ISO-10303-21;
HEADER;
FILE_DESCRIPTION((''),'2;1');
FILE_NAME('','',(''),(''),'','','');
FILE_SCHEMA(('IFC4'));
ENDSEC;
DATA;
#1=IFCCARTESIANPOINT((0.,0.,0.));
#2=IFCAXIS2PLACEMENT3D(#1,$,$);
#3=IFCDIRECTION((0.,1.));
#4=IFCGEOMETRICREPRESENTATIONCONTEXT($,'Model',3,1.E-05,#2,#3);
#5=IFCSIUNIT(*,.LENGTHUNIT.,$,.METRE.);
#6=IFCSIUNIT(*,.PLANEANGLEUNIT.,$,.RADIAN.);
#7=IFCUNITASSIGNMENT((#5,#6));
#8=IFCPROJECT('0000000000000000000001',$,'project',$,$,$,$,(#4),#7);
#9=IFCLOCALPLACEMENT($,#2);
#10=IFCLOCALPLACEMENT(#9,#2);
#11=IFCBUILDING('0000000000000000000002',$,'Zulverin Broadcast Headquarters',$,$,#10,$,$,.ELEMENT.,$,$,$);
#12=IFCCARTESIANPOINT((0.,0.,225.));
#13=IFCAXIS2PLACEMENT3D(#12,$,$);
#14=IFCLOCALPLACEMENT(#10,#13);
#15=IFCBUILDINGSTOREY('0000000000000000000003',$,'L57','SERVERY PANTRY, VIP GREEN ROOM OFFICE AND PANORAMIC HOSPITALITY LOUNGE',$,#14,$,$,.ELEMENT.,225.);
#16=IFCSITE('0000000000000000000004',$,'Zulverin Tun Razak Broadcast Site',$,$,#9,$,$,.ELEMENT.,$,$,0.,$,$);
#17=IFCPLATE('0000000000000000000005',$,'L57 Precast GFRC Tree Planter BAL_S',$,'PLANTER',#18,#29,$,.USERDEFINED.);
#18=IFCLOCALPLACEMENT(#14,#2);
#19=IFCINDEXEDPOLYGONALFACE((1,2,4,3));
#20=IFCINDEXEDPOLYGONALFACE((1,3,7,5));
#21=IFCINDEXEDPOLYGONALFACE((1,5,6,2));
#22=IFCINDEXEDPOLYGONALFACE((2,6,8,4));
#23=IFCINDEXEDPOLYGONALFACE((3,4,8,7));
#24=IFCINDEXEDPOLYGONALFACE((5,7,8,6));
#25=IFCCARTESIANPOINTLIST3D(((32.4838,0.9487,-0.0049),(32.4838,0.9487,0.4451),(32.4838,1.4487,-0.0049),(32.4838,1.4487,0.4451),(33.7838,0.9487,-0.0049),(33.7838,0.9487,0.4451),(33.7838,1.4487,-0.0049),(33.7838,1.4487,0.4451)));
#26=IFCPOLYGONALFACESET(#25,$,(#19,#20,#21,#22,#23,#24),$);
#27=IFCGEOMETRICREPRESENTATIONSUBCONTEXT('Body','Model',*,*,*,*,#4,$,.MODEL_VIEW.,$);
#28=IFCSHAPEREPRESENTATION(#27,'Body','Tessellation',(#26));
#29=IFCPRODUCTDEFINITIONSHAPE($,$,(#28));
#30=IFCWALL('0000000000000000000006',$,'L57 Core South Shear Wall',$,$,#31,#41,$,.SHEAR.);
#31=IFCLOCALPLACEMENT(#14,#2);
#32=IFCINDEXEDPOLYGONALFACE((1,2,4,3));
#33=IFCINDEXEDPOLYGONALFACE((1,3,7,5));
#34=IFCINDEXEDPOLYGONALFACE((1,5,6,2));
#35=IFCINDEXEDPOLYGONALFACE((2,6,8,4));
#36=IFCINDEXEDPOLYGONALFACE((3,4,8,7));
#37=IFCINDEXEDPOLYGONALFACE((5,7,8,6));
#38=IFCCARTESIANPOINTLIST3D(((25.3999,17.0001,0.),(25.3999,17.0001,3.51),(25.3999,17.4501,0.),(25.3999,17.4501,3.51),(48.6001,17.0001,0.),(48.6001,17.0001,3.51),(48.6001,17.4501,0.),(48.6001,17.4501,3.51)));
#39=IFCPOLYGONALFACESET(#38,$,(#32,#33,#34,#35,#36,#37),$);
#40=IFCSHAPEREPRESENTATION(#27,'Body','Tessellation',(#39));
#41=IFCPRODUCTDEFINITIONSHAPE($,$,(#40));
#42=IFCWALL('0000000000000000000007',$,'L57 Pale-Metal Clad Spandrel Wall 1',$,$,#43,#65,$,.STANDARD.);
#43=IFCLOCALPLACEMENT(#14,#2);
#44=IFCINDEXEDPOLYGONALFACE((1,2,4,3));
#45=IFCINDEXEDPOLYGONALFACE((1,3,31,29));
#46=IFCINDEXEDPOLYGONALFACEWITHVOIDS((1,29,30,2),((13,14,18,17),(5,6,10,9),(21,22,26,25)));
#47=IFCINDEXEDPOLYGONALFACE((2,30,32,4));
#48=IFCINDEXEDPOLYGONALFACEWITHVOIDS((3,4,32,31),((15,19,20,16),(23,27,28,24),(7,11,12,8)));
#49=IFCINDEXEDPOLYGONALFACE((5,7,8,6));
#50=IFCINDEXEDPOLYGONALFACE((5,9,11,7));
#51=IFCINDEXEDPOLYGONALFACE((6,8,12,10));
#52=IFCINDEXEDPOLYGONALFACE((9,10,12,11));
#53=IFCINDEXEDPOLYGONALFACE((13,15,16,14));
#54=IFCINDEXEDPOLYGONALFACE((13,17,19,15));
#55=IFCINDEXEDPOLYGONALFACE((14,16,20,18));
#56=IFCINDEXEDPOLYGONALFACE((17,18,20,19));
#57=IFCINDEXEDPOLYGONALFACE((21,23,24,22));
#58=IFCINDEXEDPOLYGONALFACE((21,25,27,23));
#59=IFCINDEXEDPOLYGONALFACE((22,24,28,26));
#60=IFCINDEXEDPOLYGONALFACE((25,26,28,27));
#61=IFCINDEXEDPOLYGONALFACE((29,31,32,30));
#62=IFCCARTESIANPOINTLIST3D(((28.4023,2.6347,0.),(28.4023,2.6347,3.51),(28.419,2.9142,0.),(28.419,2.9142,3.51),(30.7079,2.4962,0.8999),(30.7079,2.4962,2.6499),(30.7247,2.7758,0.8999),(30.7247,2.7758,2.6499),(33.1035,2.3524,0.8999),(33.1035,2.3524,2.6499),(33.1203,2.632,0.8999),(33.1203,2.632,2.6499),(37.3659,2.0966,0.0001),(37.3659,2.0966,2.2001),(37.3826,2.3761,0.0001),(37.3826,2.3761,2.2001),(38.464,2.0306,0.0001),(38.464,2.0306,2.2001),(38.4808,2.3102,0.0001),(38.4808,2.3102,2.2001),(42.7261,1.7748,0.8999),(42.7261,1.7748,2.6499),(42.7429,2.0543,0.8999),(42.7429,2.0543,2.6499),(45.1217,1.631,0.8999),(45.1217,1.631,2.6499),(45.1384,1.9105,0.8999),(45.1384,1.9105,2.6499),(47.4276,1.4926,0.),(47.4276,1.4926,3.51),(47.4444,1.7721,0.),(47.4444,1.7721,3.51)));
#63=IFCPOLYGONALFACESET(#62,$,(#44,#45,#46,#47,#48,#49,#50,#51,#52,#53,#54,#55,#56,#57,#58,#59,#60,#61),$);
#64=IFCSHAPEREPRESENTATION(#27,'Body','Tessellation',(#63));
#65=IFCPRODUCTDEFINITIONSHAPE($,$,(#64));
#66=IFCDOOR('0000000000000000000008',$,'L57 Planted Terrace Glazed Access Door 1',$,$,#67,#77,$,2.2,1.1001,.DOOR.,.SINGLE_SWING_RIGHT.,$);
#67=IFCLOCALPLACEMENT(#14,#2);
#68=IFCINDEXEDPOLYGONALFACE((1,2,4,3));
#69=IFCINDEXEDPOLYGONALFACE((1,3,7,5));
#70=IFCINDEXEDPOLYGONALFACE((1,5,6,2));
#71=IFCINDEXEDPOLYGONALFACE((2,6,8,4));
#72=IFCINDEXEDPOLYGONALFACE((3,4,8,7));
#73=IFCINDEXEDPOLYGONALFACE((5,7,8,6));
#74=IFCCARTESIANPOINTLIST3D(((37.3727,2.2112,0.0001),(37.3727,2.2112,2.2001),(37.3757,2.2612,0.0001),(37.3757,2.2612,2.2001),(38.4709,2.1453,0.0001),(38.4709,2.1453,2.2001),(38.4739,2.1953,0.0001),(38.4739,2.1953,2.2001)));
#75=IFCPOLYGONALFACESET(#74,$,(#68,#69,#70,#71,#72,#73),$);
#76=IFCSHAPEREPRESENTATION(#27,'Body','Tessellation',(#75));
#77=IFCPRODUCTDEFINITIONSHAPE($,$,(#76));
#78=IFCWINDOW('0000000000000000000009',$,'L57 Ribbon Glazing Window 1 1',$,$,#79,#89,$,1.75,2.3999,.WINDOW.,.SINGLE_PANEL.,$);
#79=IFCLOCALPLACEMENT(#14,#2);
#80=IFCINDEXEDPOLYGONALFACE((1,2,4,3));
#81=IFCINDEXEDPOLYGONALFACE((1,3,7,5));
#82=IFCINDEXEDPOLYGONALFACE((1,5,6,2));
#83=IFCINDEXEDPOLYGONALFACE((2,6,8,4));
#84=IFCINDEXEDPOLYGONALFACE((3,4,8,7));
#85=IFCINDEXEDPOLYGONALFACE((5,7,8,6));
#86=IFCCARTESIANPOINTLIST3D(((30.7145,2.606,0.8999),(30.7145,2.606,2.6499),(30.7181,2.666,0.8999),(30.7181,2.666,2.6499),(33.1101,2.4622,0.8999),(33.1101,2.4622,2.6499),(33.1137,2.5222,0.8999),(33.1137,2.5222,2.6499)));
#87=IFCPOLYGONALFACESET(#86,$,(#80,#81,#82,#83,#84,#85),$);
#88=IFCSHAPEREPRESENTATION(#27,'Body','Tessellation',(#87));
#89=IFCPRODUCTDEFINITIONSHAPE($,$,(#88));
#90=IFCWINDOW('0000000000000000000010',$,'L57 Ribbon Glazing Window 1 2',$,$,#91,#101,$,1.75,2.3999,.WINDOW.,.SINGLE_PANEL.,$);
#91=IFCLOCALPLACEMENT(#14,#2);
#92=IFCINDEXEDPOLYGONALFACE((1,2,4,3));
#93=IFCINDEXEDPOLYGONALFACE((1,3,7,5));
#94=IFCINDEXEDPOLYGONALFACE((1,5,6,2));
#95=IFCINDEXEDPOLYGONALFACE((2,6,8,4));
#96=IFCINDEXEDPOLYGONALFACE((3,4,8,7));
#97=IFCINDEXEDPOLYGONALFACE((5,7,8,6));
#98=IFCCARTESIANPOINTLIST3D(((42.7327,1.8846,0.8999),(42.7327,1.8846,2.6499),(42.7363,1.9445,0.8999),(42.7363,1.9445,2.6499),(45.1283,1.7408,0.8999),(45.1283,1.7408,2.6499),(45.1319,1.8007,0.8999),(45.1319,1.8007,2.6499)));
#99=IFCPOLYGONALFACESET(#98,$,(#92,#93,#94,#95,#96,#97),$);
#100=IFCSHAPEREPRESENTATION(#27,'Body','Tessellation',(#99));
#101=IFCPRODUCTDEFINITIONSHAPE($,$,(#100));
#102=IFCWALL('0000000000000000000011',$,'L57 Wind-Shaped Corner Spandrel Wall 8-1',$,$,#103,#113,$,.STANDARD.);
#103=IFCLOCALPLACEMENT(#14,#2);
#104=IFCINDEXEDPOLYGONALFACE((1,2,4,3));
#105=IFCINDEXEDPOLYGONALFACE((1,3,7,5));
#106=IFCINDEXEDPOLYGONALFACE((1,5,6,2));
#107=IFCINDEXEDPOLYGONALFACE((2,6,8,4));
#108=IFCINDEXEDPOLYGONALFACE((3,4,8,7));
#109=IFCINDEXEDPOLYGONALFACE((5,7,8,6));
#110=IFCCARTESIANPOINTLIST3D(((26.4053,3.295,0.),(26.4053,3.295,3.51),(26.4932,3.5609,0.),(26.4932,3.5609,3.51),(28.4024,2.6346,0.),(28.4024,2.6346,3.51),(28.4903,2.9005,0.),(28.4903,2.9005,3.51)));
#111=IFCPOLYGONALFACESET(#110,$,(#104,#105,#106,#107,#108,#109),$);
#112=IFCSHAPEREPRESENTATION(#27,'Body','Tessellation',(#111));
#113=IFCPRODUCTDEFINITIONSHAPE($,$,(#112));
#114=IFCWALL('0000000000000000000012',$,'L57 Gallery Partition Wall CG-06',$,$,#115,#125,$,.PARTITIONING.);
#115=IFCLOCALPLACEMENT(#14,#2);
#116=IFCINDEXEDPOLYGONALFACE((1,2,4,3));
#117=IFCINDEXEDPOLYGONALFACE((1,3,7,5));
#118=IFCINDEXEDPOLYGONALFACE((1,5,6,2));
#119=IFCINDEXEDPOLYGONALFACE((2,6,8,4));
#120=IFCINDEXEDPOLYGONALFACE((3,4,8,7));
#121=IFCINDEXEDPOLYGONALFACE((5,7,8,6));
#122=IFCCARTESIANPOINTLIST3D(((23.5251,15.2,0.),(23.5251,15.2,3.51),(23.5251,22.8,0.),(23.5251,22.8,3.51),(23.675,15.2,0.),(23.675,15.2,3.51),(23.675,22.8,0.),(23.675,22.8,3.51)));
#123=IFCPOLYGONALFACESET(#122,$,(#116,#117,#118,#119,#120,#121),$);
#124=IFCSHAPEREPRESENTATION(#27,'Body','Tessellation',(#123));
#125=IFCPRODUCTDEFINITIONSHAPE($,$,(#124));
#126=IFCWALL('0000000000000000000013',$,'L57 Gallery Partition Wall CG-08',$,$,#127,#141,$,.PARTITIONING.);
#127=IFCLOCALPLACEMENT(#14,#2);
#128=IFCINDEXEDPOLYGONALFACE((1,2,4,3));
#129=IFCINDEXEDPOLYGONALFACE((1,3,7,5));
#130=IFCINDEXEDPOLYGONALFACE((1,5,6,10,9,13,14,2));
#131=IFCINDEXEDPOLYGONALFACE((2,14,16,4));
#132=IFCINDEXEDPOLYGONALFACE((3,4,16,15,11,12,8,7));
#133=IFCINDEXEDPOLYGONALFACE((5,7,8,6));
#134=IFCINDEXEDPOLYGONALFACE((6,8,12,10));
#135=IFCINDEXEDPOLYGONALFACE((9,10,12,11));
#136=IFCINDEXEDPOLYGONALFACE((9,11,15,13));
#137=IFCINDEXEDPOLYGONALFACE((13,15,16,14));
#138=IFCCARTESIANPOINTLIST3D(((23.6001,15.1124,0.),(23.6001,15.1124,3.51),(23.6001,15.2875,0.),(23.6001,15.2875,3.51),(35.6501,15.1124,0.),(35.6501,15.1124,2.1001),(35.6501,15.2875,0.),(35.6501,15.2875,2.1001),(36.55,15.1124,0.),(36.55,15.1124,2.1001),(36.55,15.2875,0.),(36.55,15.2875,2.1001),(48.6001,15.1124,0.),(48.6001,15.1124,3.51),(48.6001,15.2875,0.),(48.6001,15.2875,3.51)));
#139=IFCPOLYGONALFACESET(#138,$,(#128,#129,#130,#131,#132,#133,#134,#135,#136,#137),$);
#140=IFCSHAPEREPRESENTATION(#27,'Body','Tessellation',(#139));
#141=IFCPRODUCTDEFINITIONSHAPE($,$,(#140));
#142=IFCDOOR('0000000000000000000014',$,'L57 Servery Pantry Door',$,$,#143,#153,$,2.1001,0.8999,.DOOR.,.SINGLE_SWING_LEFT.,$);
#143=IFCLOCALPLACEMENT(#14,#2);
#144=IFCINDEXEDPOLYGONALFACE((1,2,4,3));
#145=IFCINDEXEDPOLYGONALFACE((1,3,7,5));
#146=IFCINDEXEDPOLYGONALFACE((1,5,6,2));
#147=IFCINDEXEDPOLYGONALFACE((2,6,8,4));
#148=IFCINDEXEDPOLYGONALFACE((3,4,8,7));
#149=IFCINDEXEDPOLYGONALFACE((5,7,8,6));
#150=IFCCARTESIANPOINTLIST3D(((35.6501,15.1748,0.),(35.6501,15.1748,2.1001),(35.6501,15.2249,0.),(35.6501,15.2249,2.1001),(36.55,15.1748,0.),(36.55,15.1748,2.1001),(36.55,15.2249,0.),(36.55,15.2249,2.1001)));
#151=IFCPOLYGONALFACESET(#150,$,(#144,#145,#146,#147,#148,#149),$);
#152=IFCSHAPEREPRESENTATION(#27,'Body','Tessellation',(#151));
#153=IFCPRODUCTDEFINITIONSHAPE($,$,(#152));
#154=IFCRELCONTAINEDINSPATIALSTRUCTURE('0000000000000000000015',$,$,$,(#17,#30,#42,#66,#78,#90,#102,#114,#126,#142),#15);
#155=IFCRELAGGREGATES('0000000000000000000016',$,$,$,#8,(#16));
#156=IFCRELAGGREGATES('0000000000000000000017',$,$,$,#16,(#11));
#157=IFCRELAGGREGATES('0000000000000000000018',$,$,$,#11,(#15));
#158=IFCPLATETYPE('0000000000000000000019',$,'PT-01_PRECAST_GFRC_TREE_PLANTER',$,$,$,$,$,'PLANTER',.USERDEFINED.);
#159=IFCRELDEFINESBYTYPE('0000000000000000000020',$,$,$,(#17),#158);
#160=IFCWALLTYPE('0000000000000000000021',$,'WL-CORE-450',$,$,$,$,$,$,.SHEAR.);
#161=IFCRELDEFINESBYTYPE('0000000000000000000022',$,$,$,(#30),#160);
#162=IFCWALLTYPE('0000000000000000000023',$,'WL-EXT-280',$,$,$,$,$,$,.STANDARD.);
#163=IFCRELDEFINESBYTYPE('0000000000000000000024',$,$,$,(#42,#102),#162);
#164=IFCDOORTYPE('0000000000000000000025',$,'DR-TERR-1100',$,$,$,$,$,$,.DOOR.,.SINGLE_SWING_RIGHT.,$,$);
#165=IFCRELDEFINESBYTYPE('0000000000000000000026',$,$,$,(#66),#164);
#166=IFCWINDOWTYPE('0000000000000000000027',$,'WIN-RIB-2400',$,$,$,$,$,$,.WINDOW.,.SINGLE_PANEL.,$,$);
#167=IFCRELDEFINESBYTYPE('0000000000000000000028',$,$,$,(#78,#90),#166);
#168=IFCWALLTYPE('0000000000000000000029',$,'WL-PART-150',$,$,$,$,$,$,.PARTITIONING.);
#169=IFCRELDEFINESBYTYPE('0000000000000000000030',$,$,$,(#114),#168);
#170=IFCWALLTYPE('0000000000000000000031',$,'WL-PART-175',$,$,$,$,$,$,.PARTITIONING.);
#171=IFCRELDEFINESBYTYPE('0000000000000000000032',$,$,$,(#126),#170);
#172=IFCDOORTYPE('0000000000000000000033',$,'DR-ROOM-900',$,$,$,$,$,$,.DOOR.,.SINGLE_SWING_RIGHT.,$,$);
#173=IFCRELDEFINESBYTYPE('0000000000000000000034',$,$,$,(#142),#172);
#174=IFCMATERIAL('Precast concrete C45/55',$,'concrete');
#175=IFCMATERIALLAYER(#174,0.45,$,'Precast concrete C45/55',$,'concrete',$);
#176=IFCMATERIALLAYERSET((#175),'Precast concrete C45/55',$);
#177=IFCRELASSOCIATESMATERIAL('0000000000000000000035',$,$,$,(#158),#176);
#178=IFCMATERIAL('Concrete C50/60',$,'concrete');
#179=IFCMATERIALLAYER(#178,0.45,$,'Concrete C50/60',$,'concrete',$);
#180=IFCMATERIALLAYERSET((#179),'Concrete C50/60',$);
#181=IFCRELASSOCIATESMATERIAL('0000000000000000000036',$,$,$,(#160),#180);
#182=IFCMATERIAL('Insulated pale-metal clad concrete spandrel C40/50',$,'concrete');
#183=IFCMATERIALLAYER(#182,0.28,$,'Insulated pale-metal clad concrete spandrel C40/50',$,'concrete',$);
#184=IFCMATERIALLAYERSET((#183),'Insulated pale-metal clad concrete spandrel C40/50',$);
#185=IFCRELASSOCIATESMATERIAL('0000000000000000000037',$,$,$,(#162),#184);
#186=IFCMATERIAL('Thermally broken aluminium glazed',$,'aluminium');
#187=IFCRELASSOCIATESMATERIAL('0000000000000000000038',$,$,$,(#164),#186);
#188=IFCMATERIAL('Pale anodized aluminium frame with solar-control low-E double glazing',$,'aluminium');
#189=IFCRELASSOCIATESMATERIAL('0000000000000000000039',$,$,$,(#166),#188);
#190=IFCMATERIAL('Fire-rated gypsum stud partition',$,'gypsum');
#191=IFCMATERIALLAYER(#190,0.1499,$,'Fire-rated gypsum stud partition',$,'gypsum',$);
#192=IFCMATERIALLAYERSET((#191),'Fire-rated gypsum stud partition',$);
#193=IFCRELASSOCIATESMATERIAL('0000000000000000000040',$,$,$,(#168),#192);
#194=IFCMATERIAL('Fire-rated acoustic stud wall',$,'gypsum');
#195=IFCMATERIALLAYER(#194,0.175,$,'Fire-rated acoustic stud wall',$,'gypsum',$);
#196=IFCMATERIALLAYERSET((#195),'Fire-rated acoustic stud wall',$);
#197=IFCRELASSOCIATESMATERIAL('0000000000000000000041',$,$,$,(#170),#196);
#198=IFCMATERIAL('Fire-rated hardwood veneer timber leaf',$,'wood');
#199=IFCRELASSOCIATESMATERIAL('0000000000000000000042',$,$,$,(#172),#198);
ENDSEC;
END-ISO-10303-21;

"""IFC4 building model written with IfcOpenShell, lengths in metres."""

from ifc_helpers import new_model, si_unit, direction, frame, frame_2d, origin, origin_2d, place, context, subcontext, project, spatial, rectangle, extrude, material, layer, layer_set, type_object, element, fill, save


model = new_model("IFC4")

# Units and contexts
model_context = context("Model", 3, precision=1e-05, world=origin(), true_north=direction((0.0, 1.0)))
body_context = subcontext(model_context, "Body", "Model", "MODEL_VIEW")
ifc_project = project(units=[si_unit("LENGTHUNIT", "METRE"), si_unit("PLANEANGLEUNIT", "RADIAN")], contexts=[model_context])

# Site, building, storey
site_placement = place(None, origin())
site = spatial("IfcSite", under=ifc_project, at=site_placement, Name="Zulverin Tun Razak Broadcast Site", CompositionType="ELEMENT", RefElevation=0.0)
building_placement = place(site_placement, origin())
building = spatial("IfcBuilding", under=site, at=building_placement, Name="Zulverin Broadcast Headquarters", CompositionType="ELEMENT")
storey_placement = place(building_placement, frame((0.0, 0.0, 225.0)))
storey = spatial("IfcBuildingStorey", under=building, at=storey_placement, Name="L57", Description="SERVERY PANTRY, VIP GREEN ROOM OFFICE AND PANORAMIC HOSPITALITY LOUNGE", CompositionType="ELEMENT", Elevation=225.0)

# Shared definitions
ifc_material_1 = material(Name="Concrete C50/60", Category="concrete")

# Plate
ifc_material_2 = material(Name="Precast concrete C45/55", Category="concrete")
ifc_layer_1 = layer(ifc_material_2, 0.45, Name="Precast concrete C45/55", Category="concrete")
ifc_layer_set_1 = layer_set([ifc_layer_1], Name="Precast concrete C45/55")
plate_type = type_object("IfcPlateType", Name="PT-01_PRECAST_GFRC_TREE_PLANTER", ElementType="PLANTER", PredefinedType="USERDEFINED", material=ifc_layer_set_1)
plate_placement = place(storey_placement, frame((33.1338, 1.1987, -0.0049), z_axis=(0.0, 0.0, 1.0), x_axis=(1.0, 0.0, 0.0)))
element("IfcPlate", 1, at=plate_placement, inside=storey, type_object=plate_type, Name="L57 Precast GFRC Tree Planter BAL_S", ObjectType="PLANTER", PredefinedType="USERDEFINED", context=body_context, shape_type="SweptSolid", body=[
    extrude(rectangle(XDim=1.3, YDim=0.5, at=origin_2d()), origin(), (0.0, 0.0, 1.0), 0.45),
])

# Wall
ifc_layer_2 = layer(ifc_material_1, 0.45, Name="Concrete C50/60", Category="concrete")
ifc_layer_set_2 = layer_set([ifc_layer_2], Name="Concrete C50/60")
wall_type_1 = type_object("IfcWallType", Name="WL-CORE-450", PredefinedType="SHEAR", material=ifc_layer_set_2)
wall_1_placement = place(storey_placement, frame((25.3999, 17.2251, 0.0), z_axis=(0.0, 0.0, 1.0), x_axis=(1.0, 0.0, 0.0)))
element("IfcWall", 2, at=wall_1_placement, inside=storey, type_object=wall_type_1, Name="L57 Core South Shear Wall", PredefinedType="SHEAR", context=body_context, shape_type="SweptSolid", body=[
    extrude(rectangle(XDim=23.2002, YDim=0.45, at=frame_2d((11.6001, 0.0))), origin(), (0.0, 0.0, 1.0), 3.51),
])

# Wall, openings, door, windows
ifc_material_3 = material(Name="Insulated pale-metal clad concrete spandrel C40/50", Category="concrete")
ifc_layer_3 = layer(ifc_material_3, 0.28, Name="Insulated pale-metal clad concrete spandrel C40/50", Category="concrete")
ifc_layer_set_3 = layer_set([ifc_layer_3], Name="Insulated pale-metal clad concrete spandrel C40/50")
wall_type_2 = type_object("IfcWallType", Name="WL-EXT-280", PredefinedType="STANDARD", material=ifc_layer_set_3)
wall_2_placement = place(storey_placement, frame((28.4106, 2.7744, 0.0), z_axis=(0.0, 0.0, 1.0), x_axis=(0.998203, -0.059922, 0.0)))
wall_2 = element("IfcWall", 3, at=wall_2_placement, inside=storey, type_object=wall_type_2, Name="L57 Pale-Metal Clad Spandrel Wall 1", PredefinedType="STANDARD", context=body_context, shape_type="SweptSolid", body=[
    extrude(rectangle(XDim=19.0596, YDim=0.28, at=frame_2d((9.5298, 0.0))), origin(), (0.0, 0.0, 1.0), 3.51),
])
opening_1_placement = place(wall_2_placement, frame((8.9797, 0.0, 0.0)))
opening_1 = element("IfcOpeningElement", 4, at=opening_1_placement, cuts=wall_2, PredefinedType="OPENING", context=body_context, shape_type="SweptSolid", body=[
    extrude(rectangle(XDim=1.1001, YDim=2.2, at=frame_2d((0.55, 1.1001))), frame((0.0, 0.1499, 0.0), z_axis=(0.0, -1.0, 0.0), x_axis=(1.0, 0.0, 0.0)), (0.0, 0.0, 1.0), 0.3),
])
opening_2_placement = place(wall_2_placement, frame((2.3098, 0.0, 0.8999)))
opening_2 = element("IfcOpeningElement", 5, at=opening_2_placement, cuts=wall_2, PredefinedType="OPENING", context=body_context, shape_type="SweptSolid", body=[
    extrude(rectangle(XDim=2.3999, YDim=1.75, at=frame_2d((1.2, 0.875))), frame((0.0, 0.1499, 0.0), z_axis=(0.0, -1.0, 0.0), x_axis=(1.0, 0.0, 0.0)), (0.0, 0.0, 1.0), 0.3),
])
opening_3_placement = place(wall_2_placement, frame((14.3496, 0.0, 0.8999)))
opening_3 = element("IfcOpeningElement", 6, at=opening_3_placement, cuts=wall_2, PredefinedType="OPENING", context=body_context, shape_type="SweptSolid", body=[
    extrude(rectangle(XDim=2.3999, YDim=1.75, at=frame_2d((1.2, 0.875))), frame((0.0, 0.1499, 0.0), z_axis=(0.0, -1.0, 0.0), x_axis=(1.0, 0.0, 0.0)), (0.0, 0.0, 1.0), 0.3),
])
ifc_material_4 = material(Name="Thermally broken aluminium glazed", Category="aluminium")
door_type_1 = type_object("IfcDoorType", Name="DR-TERR-1100", OperationType="SINGLE_SWING_RIGHT", PredefinedType="DOOR", material=ifc_material_4)
door_1_placement = place(opening_1_placement, origin())
door_1 = element("IfcDoor", 7, at=door_1_placement, inside=storey, type_object=door_type_1, Name="L57 Planted Terrace Glazed Access Door 1", OperationType="SINGLE_SWING_RIGHT", OverallHeight=2.2, OverallWidth=1.1001, PredefinedType="DOOR", context=body_context, shape_type="SweptSolid", body=[
    extrude(rectangle(XDim=1.1001, YDim=2.2, at=frame_2d((0.55, 1.1001))), frame((0.0, 0.0249, 0.0), z_axis=(0.0, -1.0, 0.0), x_axis=(1.0, 0.0, 0.0)), (0.0, 0.0, 1.0), 0.05),
])
fill(opening_1, door_1)
ifc_material_5 = material(Name="Pale anodized aluminium frame with solar-control low-E double glazing", Category="aluminium")
window_type = type_object("IfcWindowType", Name="WIN-RIB-2400", PartitioningType="SINGLE_PANEL", PredefinedType="WINDOW", material=ifc_material_5)
window_1_placement = place(opening_2_placement, origin())
window_1 = element("IfcWindow", 8, at=window_1_placement, inside=storey, type_object=window_type, Name="L57 Ribbon Glazing Window 1 1", OverallHeight=1.75, OverallWidth=2.3999, PartitioningType="SINGLE_PANEL", PredefinedType="WINDOW", context=body_context, shape_type="SweptSolid", body=[
    extrude(rectangle(XDim=2.3999, YDim=1.75, at=frame_2d((1.2, 0.875))), frame((0.0, 0.03, 0.0), z_axis=(0.0, -1.0, 0.0), x_axis=(1.0, 0.0, 0.0)), (0.0, 0.0, 1.0), 0.0601),
])
fill(opening_2, window_1)
window_2_placement = place(opening_3_placement, origin())
window_2 = element("IfcWindow", 9, at=window_2_placement, inside=storey, type_object=window_type, Name="L57 Ribbon Glazing Window 1 2", OverallHeight=1.75, OverallWidth=2.3999, PartitioningType="SINGLE_PANEL", PredefinedType="WINDOW", context=body_context, shape_type="SweptSolid", body=[
    extrude(rectangle(XDim=2.3999, YDim=1.75, at=frame_2d((1.2, 0.875))), frame((0.0, 0.03, 0.0), z_axis=(0.0, -1.0, 0.0), x_axis=(1.0, 0.0, 0.0)), (0.0, 0.0, 1.0), 0.0601),
])
fill(opening_3, window_2)

# Walls
wall_3_placement = place(storey_placement, frame((26.4492, 3.428, 0.0), z_axis=(0.0, 0.0, 1.0), x_axis=(0.949435, -0.313964, 0.0)))
element("IfcWall", 10, at=wall_3_placement, inside=storey, type_object=wall_type_2, Name="L57 Wind-Shaped Corner Spandrel Wall 8-1", PredefinedType="STANDARD", context=body_context, shape_type="SweptSolid", body=[
    extrude(rectangle(XDim=2.1035, YDim=0.28, at=frame_2d((1.0518, 0.0))), origin(), (0.0, 0.0, 1.0), 3.51),
])
ifc_material_6 = material(Name="Fire-rated gypsum stud partition", Category="gypsum")
ifc_layer_4 = layer(ifc_material_6, 0.1499, Name="Fire-rated gypsum stud partition", Category="gypsum")
ifc_layer_set_4 = layer_set([ifc_layer_4], Name="Fire-rated gypsum stud partition")
wall_type_3 = type_object("IfcWallType", Name="WL-PART-150", PredefinedType="PARTITIONING", material=ifc_layer_set_4)
wall_4_placement = place(storey_placement, frame((23.6001, 15.2, 0.0), z_axis=(0.0, 0.0, 1.0), x_axis=(0.0, 1.0, 0.0)))
element("IfcWall", 11, at=wall_4_placement, inside=storey, type_object=wall_type_3, Name="L57 Gallery Partition Wall CG-06", PredefinedType="PARTITIONING", context=body_context, shape_type="SweptSolid", body=[
    extrude(rectangle(XDim=7.6001, YDim=0.1499, at=frame_2d((3.8, 0.0))), origin(), (0.0, 0.0, 1.0), 3.51),
])

# Wall, opening, door
ifc_material_7 = material(Name="Fire-rated acoustic stud wall", Category="gypsum")
ifc_layer_5 = layer(ifc_material_7, 0.175, Name="Fire-rated acoustic stud wall", Category="gypsum")
ifc_layer_set_5 = layer_set([ifc_layer_5], Name="Fire-rated acoustic stud wall")
wall_type_4 = type_object("IfcWallType", Name="WL-PART-175", PredefinedType="PARTITIONING", material=ifc_layer_set_5)
wall_5_placement = place(storey_placement, frame((23.6001, 15.2, 0.0), z_axis=(0.0, 0.0, 1.0), x_axis=(1.0, 0.0, 0.0)))
wall_5 = element("IfcWall", 12, at=wall_5_placement, inside=storey, type_object=wall_type_4, Name="L57 Gallery Partition Wall CG-08", PredefinedType="PARTITIONING", context=body_context, shape_type="SweptSolid", body=[
    extrude(rectangle(XDim=25.0, YDim=0.175, at=frame_2d((12.5, 0.0))), origin(), (0.0, 0.0, 1.0), 3.51),
])
opening_4_placement = place(wall_5_placement, frame((12.05, 0.0, 0.0)))
opening_4 = element("IfcOpeningElement", 13, at=opening_4_placement, cuts=wall_5, PredefinedType="OPENING", context=body_context, shape_type="SweptSolid", body=[
    extrude(rectangle(XDim=0.8999, YDim=2.1001, at=frame_2d((0.45, 1.05))), frame((0.0, 0.0974, 0.0), z_axis=(0.0, -1.0, 0.0), x_axis=(1.0, 0.0, 0.0)), (0.0, 0.0, 1.0), 0.1951),
])
ifc_material_8 = material(Name="Fire-rated hardwood veneer timber leaf", Category="wood")
door_type_2 = type_object("IfcDoorType", Name="DR-ROOM-900", OperationType="SINGLE_SWING_RIGHT", PredefinedType="DOOR", material=ifc_material_8)
door_2_placement = place(opening_4_placement, origin())
door_2 = element("IfcDoor", 14, at=door_2_placement, inside=storey, type_object=door_type_2, Name="L57 Servery Pantry Door", OperationType="SINGLE_SWING_LEFT", OverallHeight=2.1001, OverallWidth=0.8999, PredefinedType="DOOR", context=body_context, shape_type="SweptSolid", body=[
    extrude(rectangle(XDim=0.8999, YDim=2.1001, at=frame_2d((0.45, 1.05))), frame((0.0, 0.0249, 0.0), z_axis=(0.0, -1.0, 0.0), x_axis=(1.0, 0.0, 0.0)), (0.0, 0.0, 1.0), 0.05),
])
fill(opening_4, door_2)

save(model, "model.ifc")
